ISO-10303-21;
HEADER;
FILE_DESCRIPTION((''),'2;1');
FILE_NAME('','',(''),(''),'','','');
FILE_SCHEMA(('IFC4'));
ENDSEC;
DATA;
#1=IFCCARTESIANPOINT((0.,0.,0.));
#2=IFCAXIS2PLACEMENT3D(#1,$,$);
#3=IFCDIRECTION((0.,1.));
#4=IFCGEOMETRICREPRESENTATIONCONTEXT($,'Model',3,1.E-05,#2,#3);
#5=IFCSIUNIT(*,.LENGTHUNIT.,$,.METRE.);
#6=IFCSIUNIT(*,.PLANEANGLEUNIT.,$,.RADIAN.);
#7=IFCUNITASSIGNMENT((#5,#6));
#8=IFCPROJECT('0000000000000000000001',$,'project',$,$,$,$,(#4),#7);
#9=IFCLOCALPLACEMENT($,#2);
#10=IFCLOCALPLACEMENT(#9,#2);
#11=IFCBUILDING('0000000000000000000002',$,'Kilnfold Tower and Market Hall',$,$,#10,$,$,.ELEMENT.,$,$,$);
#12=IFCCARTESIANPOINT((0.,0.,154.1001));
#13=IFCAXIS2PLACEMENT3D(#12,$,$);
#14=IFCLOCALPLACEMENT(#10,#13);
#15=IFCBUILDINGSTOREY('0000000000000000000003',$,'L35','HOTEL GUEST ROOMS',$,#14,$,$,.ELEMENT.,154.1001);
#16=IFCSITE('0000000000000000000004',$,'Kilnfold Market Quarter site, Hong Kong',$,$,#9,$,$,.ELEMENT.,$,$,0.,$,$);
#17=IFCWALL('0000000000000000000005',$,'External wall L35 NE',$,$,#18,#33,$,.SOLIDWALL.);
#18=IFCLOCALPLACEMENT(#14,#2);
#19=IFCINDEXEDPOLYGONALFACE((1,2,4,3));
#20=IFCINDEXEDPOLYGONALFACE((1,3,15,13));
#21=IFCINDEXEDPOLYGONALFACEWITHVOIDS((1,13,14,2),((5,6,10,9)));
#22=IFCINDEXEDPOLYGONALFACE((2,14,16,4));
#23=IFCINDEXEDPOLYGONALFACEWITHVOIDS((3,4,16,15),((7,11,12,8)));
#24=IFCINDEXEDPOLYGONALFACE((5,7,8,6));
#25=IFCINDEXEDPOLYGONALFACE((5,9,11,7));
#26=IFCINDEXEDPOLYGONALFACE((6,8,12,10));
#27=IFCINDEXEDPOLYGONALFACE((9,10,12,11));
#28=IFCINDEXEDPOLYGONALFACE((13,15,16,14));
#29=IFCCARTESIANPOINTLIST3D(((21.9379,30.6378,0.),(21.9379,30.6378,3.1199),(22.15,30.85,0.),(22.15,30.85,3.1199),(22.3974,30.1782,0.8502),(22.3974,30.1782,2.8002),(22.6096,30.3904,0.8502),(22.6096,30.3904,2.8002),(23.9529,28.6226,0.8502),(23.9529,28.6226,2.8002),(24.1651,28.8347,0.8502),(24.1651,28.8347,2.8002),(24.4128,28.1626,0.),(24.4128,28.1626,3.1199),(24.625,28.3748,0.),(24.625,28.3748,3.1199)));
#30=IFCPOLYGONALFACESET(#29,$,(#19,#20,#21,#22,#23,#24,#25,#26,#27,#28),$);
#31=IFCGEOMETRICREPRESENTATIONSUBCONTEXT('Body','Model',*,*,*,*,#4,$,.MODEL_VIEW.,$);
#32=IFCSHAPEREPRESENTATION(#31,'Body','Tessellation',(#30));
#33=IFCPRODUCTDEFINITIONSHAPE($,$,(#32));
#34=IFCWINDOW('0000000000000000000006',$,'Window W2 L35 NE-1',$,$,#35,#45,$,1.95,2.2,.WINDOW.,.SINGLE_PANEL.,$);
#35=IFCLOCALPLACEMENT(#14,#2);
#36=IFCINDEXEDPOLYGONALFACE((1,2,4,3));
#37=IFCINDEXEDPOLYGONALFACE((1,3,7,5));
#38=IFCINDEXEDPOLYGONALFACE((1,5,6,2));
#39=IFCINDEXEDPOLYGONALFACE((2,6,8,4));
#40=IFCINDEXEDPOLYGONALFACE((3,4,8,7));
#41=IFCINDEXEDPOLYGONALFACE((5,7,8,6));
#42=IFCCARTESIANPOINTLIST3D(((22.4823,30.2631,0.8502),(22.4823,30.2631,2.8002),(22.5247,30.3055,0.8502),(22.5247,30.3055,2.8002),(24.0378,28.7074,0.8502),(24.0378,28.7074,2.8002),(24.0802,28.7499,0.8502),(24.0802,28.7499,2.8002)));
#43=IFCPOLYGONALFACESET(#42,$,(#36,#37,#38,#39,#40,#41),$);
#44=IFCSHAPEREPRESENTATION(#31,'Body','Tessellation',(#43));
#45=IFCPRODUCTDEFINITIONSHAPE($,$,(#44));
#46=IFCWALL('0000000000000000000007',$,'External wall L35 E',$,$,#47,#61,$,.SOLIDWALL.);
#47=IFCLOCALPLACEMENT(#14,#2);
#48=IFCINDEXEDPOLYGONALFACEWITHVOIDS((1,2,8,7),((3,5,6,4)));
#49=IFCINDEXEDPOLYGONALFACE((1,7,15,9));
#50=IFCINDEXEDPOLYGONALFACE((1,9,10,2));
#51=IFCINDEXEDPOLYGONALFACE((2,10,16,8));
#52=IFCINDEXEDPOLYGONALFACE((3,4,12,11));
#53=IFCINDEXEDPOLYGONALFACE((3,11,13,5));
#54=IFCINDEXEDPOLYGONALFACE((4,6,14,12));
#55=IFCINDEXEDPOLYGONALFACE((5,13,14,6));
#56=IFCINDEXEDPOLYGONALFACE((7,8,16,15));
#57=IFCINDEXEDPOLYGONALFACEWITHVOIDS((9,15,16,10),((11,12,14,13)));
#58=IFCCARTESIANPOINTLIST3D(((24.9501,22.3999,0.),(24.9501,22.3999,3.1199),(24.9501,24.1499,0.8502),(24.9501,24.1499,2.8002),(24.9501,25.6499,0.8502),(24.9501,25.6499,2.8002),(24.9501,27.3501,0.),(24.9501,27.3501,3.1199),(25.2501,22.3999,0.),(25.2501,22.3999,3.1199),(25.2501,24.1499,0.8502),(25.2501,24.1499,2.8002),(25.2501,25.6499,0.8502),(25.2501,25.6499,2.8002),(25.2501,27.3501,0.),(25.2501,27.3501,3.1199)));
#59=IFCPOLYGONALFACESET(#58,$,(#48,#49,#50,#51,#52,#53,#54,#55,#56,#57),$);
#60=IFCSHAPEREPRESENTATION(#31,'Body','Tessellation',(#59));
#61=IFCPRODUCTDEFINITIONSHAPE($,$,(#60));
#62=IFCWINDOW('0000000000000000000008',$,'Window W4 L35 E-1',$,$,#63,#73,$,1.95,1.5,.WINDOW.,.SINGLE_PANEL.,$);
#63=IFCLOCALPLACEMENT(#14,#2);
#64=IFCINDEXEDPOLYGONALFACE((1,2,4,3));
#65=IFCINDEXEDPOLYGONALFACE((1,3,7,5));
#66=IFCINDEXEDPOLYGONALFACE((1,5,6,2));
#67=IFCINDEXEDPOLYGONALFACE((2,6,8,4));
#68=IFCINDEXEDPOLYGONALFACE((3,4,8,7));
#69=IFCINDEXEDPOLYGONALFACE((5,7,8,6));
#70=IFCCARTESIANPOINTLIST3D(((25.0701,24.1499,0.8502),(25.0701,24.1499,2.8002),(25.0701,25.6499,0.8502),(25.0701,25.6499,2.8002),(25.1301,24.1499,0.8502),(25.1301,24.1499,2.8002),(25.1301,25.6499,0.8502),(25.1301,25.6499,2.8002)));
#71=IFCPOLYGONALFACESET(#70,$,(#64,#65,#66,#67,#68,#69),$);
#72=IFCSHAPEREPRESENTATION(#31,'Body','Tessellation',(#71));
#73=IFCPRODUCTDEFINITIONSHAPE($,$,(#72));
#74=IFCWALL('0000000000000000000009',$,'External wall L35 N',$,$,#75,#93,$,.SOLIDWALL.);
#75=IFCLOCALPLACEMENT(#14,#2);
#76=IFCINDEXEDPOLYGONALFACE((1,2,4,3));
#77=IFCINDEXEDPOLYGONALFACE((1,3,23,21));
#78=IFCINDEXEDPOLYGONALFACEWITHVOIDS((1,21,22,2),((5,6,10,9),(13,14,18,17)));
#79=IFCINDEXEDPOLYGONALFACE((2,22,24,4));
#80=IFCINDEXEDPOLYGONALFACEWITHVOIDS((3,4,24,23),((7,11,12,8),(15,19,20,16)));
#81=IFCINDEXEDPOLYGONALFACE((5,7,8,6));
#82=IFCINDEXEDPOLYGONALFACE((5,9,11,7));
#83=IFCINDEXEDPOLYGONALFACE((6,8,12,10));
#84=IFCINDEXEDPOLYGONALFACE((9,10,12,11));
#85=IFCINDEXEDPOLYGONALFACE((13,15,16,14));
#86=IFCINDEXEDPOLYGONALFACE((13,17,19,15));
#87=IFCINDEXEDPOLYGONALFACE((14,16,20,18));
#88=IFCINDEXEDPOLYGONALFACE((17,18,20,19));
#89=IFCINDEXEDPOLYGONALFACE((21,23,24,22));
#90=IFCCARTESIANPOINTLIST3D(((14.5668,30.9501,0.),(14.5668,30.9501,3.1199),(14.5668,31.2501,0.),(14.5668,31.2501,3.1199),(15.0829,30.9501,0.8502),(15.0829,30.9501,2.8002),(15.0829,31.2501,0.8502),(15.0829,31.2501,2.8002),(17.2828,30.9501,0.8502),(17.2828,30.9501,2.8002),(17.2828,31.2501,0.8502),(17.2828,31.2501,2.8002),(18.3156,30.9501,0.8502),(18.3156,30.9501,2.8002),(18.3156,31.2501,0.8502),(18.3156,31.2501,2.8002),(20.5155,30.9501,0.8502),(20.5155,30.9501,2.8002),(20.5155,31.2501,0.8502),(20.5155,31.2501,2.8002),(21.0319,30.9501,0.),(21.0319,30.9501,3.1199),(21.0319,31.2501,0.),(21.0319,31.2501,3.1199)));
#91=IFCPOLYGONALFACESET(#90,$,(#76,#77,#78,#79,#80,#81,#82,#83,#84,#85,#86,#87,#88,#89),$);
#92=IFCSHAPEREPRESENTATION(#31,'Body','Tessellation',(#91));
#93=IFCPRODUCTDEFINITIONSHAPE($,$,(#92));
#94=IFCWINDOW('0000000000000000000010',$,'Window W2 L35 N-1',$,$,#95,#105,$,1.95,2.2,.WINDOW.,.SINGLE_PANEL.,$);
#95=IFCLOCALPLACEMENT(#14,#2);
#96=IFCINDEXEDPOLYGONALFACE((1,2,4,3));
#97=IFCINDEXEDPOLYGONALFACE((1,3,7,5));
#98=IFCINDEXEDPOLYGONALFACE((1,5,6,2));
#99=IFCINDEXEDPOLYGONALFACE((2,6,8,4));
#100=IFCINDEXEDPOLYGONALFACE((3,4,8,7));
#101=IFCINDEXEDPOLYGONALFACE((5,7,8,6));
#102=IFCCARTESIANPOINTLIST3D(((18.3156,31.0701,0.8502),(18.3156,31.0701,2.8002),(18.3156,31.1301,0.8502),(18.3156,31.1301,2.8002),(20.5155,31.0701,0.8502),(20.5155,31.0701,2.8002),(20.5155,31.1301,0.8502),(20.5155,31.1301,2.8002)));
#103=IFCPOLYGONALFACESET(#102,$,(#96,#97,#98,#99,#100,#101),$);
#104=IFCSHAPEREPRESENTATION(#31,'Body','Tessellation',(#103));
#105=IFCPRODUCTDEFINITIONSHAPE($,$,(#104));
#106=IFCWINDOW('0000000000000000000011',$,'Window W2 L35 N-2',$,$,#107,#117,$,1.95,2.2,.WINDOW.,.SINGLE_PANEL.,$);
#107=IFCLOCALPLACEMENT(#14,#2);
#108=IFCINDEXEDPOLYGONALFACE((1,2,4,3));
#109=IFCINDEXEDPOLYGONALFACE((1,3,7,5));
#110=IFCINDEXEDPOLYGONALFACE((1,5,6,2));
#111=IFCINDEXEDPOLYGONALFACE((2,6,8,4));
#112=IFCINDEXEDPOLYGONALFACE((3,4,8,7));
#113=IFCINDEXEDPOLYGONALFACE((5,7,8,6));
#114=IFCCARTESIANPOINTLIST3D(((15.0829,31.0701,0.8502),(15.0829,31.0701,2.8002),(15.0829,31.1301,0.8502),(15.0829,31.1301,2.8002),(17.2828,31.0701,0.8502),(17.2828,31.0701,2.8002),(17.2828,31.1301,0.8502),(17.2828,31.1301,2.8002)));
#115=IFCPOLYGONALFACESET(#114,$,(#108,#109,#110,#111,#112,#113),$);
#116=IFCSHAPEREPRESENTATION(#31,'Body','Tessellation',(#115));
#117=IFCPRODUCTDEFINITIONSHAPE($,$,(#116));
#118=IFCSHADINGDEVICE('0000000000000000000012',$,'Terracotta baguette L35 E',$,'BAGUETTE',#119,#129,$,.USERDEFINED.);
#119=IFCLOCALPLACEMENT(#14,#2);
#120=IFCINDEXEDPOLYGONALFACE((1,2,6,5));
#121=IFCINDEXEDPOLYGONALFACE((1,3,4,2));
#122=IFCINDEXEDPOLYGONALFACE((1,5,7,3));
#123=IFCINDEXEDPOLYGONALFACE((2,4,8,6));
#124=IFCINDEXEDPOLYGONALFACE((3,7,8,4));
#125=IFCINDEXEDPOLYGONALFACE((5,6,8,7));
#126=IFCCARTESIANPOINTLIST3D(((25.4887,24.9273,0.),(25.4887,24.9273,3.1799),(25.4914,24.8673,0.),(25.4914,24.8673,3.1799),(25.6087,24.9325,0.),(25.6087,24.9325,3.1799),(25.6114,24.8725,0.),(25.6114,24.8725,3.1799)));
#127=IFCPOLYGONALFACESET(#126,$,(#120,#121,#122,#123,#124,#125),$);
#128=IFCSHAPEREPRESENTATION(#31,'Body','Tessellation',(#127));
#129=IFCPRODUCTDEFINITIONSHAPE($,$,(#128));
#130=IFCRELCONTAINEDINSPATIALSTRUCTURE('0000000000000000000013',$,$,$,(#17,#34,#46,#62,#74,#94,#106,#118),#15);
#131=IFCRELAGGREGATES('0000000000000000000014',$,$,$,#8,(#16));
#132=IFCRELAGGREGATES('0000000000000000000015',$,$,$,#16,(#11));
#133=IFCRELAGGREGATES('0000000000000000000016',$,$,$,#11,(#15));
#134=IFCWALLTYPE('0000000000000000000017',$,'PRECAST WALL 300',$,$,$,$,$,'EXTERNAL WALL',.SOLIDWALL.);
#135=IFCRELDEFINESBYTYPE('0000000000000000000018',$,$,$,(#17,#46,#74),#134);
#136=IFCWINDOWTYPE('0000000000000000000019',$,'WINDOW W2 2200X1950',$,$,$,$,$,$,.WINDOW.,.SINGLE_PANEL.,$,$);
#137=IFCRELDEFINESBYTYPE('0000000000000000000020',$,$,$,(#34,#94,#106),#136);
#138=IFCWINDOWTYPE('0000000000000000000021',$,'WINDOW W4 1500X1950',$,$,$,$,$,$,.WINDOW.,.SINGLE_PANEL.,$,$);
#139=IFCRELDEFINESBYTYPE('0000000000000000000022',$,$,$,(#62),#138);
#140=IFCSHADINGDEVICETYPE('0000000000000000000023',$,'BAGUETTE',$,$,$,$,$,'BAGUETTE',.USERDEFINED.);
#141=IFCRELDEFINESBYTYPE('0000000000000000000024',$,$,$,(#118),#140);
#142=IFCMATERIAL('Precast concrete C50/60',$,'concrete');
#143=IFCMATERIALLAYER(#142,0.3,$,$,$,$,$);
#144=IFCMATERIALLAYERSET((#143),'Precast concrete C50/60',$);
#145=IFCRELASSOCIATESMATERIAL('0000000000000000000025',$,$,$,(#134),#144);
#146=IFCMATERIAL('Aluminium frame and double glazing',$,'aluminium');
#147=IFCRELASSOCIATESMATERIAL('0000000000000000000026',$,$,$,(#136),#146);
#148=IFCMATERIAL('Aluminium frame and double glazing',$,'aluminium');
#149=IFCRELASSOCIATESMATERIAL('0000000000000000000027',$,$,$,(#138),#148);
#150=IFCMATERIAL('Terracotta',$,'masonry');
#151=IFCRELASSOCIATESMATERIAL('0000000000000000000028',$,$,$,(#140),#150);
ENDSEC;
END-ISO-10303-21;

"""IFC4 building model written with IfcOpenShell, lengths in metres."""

from ifc_helpers import new_model, si_unit, direction, frame, frame_2d, origin, origin_2d, place, context, subcontext, project, spatial, rectangle, extrude, source, transform, mapped, material, layer, layer_set, material_profile, profile_set, type_object, element, fill, save


model = new_model("IFC4")

# Units and contexts
model_context = context("Model", 3, precision=1e-05, world=origin(), true_north=direction((0.0, 1.0)))
body_context = subcontext(model_context, "Body", "Model", "MODEL_VIEW")
ifc_project = project(units=[si_unit("LENGTHUNIT", "METRE"), si_unit("PLANEANGLEUNIT", "RADIAN")], contexts=[model_context])

# Site, building, storey
site_placement = place(None, origin())
site = spatial("IfcSite", under=ifc_project, at=site_placement, Name="Kilnfold Market Quarter site, Hong Kong", CompositionType="ELEMENT", RefElevation=0.0)
building_placement = place(site_placement, origin())
building = spatial("IfcBuilding", under=site, at=building_placement, Name="Kilnfold Tower and Market Hall", CompositionType="ELEMENT")
storey_placement = place(building_placement, frame((0.0, 0.0, 154.1001)))
storey = spatial("IfcBuildingStorey", under=building, at=storey_placement, Name="L35", Description="HOTEL GUEST ROOMS", CompositionType="ELEMENT", Elevation=154.1001)

# Shared definitions
ifc_material_1 = material(Name="Precast concrete C50/60", Category="concrete")
ifc_layer_1 = layer(ifc_material_1, 0.3)
ifc_layer_set_1 = layer_set([ifc_layer_1], Name="Precast concrete C50/60")
wall_type_1 = type_object("IfcWallType", Name="PRECAST WALL 300", ElementType="EXTERNAL WALL", PredefinedType="SOLIDWALL", material=ifc_layer_set_1)
ifc_material_2 = material(Name="Aluminium frame and double glazing", Category="aluminium")
window_type_1 = type_object("IfcWindowType", Name="WINDOW W2 2200X1950", PartitioningType="SINGLE_PANEL", PredefinedType="WINDOW", material=ifc_material_2)

# Walls, openings, windows
shared_shape_1 = source(origin(), body_context, "Body", "SweptSolid", [
    extrude(rectangle(XDim=3.5002, YDim=0.3, at=frame_2d((1.75, 0.0))), origin(), (0.0, 0.0, 1.0), 3.1199),
])
wall_1_placement = place(storey_placement, frame((24.5188, 28.2688, 0.0), z_axis=(0.0, 0.0, 1.0), x_axis=(-0.707072, 0.707142, 0.0)))
wall_1 = element("IfcWall", 1, at=wall_1_placement, inside=storey, type_object=wall_type_1, Name="External wall L35 NE", PredefinedType="SOLIDWALL", context=body_context, shape_type="MappedRepresentation", body=[
    mapped(shared_shape_1, transform((0.0, 0.0, 0.0))),
])
opening_1_placement = place(wall_1_placement, frame((0.6501, 0.0, 0.8501)))
opening_1 = element("IfcOpeningElement", 2, at=opening_1_placement, cuts=wall_1, PredefinedType="OPENING", context=body_context, shape_type="SweptSolid", body=[
    extrude(rectangle(XDim=2.2, YDim=1.95, at=frame_2d((1.1001, 0.9751))), frame((0.0, 0.1602, 0.0), z_axis=(0.0, -1.0, 0.0), x_axis=(1.0, 0.0, 0.0)), (0.0, 0.0, 1.0), 0.3201),
])
window_1_placement = place(opening_1_placement, origin())
window_1 = element("IfcWindow", 3, at=window_1_placement, inside=storey, type_object=window_type_1, Name="Window W2 L35 NE-1", OverallHeight=1.95, OverallWidth=2.2, PartitioningType="SINGLE_PANEL", PredefinedType="WINDOW", context=body_context, shape_type="SweptSolid", body=[
    extrude(rectangle(XDim=2.2, YDim=1.95, at=frame_2d((1.1001, 0.9751))), frame((0.0, 0.03, 0.0), z_axis=(0.0, -1.0, 0.0), x_axis=(1.0, 0.0, 0.0)), (0.0, 0.0, 1.0), 0.0601),
])
fill(opening_1, window_1)
shared_shape_2 = source(origin(), body_context, "Body", "SweptSolid", [
    extrude(rectangle(XDim=4.9502, YDim=0.3, at=frame_2d((2.4751, 0.0))), origin(), (0.0, 0.0, 1.0), 3.1199),
])
wall_2_placement = place(storey_placement, frame((25.1001, 22.3999, 0.0), z_axis=(0.0, 0.0, 1.0), x_axis=(0.0, 1.0, 0.0)))
wall_2 = element("IfcWall", 4, at=wall_2_placement, inside=storey, type_object=wall_type_1, Name="External wall L35 E", PredefinedType="SOLIDWALL", context=body_context, shape_type="MappedRepresentation", body=[
    mapped(shared_shape_2, transform((0.0, 0.0, 0.0))),
])
opening_2_placement = place(wall_2_placement, frame((1.75, 0.0, 0.8501)))
opening_2 = element("IfcOpeningElement", 5, at=opening_2_placement, cuts=wall_2, PredefinedType="OPENING", context=body_context, shape_type="SweptSolid", body=[
    extrude(rectangle(XDim=1.5, YDim=1.95, at=frame_2d((0.75, 0.9751))), frame((0.0, 0.1602, 0.0), z_axis=(0.0, -1.0, 0.0), x_axis=(1.0, 0.0, 0.0)), (0.0, 0.0, 1.0), 0.3201),
])
ifc_material_3 = material(Name="Aluminium frame and double glazing", Category="aluminium")
window_type_2 = type_object("IfcWindowType", Name="WINDOW W4 1500X1950", PartitioningType="SINGLE_PANEL", PredefinedType="WINDOW", material=ifc_material_3)
window_2_placement = place(opening_2_placement, origin())
window_2 = element("IfcWindow", 6, at=window_2_placement, inside=storey, type_object=window_type_2, Name="Window W4 L35 E-1", OverallHeight=1.95, OverallWidth=1.5, PartitioningType="SINGLE_PANEL", PredefinedType="WINDOW", context=body_context, shape_type="SweptSolid", body=[
    extrude(rectangle(XDim=1.5, YDim=1.95, at=frame_2d((0.75, 0.9751))), frame((0.0, 0.03, 0.0), z_axis=(0.0, -1.0, 0.0), x_axis=(1.0, 0.0, 0.0)), (0.0, 0.0, 1.0), 0.0601),
])
fill(opening_2, window_2)

# Wall, openings, windows
shared_shape_3 = source(origin(), body_context, "Body", "SweptSolid", [
    extrude(rectangle(XDim=6.4651, YDim=0.3, at=frame_2d((3.2324, 0.0))), origin(), (0.0, 0.0, 1.0), 3.1199),
])
wall_3_placement = place(storey_placement, frame((21.0317, 31.1001, 0.0), z_axis=(0.0, 0.0, 1.0), x_axis=(-1.0, 0.0, 0.0)))
wall_3 = element("IfcWall", 7, at=wall_3_placement, inside=storey, type_object=wall_type_1, Name="External wall L35 N", PredefinedType="SOLIDWALL", context=body_context, shape_type="MappedRepresentation", body=[
    mapped(shared_shape_3, transform((0.0, 0.0, 0.0))),
])
opening_3_placement = place(wall_3_placement, frame((0.5161, 0.0, 0.8501)))
opening_3 = element("IfcOpeningElement", 8, at=opening_3_placement, cuts=wall_3, PredefinedType="OPENING", context=body_context, shape_type="SweptSolid", body=[
    extrude(rectangle(XDim=2.2, YDim=1.95, at=frame_2d((1.1001, 0.9751))), frame((0.0, 0.1602, 0.0), z_axis=(0.0, -1.0, 0.0), x_axis=(1.0, 0.0, 0.0)), (0.0, 0.0, 1.0), 0.3201),
])
opening_4_placement = place(wall_3_placement, frame((3.7488, 0.0, 0.8501)))
opening_4 = element("IfcOpeningElement", 9, at=opening_4_placement, cuts=wall_3, PredefinedType="OPENING", context=body_context, shape_type="SweptSolid", body=[
    extrude(rectangle(XDim=2.2, YDim=1.95, at=frame_2d((1.1001, 0.9751))), frame((0.0, 0.1602, 0.0), z_axis=(0.0, -1.0, 0.0), x_axis=(1.0, 0.0, 0.0)), (0.0, 0.0, 1.0), 0.3201),
])
window_3_placement = place(opening_3_placement, origin())
window_3 = element("IfcWindow", 10, at=window_3_placement, inside=storey, type_object=window_type_1, Name="Window W2 L35 N-1", OverallHeight=1.95, OverallWidth=2.2, PartitioningType="SINGLE_PANEL", PredefinedType="WINDOW", context=body_context, shape_type="SweptSolid", body=[
    extrude(rectangle(XDim=2.2, YDim=1.95, at=frame_2d((1.1001, 0.9751))), frame((0.0, 0.03, 0.0), z_axis=(0.0, -1.0, 0.0), x_axis=(1.0, 0.0, 0.0)), (0.0, 0.0, 1.0), 0.0601),
])
fill(opening_3, window_3)
window_4_placement = place(opening_4_placement, origin())
window_4 = element("IfcWindow", 11, at=window_4_placement, inside=storey, type_object=window_type_1, Name="Window W2 L35 N-2", OverallHeight=1.95, OverallWidth=2.2, PartitioningType="SINGLE_PANEL", PredefinedType="WINDOW", context=body_context, shape_type="SweptSolid", body=[
    extrude(rectangle(XDim=2.2, YDim=1.95, at=frame_2d((1.1001, 0.9751))), frame((0.0, 0.03, 0.0), z_axis=(0.0, -1.0, 0.0), x_axis=(1.0, 0.0, 0.0)), (0.0, 0.0, 1.0), 0.0601),
])
fill(opening_4, window_4)

# Shading device
ifc_material_4 = material(Name="Terracotta", Category="masonry")
ifc_material_profile_1 = material_profile(ifc_material_4, rectangle(XDim=0.0601, YDim=0.1201, at=origin_2d()), Name="BAG 60x120")
ifc_profile_set_1 = profile_set([ifc_material_profile_1], Name="Terracotta")
shading_device_type = type_object("IfcShadingDeviceType", Name="BAGUETTE", ElementType="BAGUETTE", PredefinedType="USERDEFINED", material=ifc_profile_set_1)
shared_shape_4 = source(origin(), body_context, "Body", "SweptSolid", [
    extrude(rectangle(XDim=0.0601, YDim=0.1201, at=origin_2d()), origin(), (0.0, 0.0, 1.0), 3.1799),
])
shading_device_placement = place(storey_placement, frame((25.55, 24.8999, 0.0), z_axis=(0.0, 0.0, 1.0), x_axis=(-0.043951, 0.999034, 0.0)))
element("IfcShadingDevice", 12, at=shading_device_placement, inside=storey, type_object=shading_device_type, Name="Terracotta baguette L35 E", ObjectType="BAGUETTE", PredefinedType="USERDEFINED", context=body_context, shape_type="MappedRepresentation", body=[
    mapped(shared_shape_4, transform((0.0, 0.0, 0.0))),
])

save(model, "model.ifc")
